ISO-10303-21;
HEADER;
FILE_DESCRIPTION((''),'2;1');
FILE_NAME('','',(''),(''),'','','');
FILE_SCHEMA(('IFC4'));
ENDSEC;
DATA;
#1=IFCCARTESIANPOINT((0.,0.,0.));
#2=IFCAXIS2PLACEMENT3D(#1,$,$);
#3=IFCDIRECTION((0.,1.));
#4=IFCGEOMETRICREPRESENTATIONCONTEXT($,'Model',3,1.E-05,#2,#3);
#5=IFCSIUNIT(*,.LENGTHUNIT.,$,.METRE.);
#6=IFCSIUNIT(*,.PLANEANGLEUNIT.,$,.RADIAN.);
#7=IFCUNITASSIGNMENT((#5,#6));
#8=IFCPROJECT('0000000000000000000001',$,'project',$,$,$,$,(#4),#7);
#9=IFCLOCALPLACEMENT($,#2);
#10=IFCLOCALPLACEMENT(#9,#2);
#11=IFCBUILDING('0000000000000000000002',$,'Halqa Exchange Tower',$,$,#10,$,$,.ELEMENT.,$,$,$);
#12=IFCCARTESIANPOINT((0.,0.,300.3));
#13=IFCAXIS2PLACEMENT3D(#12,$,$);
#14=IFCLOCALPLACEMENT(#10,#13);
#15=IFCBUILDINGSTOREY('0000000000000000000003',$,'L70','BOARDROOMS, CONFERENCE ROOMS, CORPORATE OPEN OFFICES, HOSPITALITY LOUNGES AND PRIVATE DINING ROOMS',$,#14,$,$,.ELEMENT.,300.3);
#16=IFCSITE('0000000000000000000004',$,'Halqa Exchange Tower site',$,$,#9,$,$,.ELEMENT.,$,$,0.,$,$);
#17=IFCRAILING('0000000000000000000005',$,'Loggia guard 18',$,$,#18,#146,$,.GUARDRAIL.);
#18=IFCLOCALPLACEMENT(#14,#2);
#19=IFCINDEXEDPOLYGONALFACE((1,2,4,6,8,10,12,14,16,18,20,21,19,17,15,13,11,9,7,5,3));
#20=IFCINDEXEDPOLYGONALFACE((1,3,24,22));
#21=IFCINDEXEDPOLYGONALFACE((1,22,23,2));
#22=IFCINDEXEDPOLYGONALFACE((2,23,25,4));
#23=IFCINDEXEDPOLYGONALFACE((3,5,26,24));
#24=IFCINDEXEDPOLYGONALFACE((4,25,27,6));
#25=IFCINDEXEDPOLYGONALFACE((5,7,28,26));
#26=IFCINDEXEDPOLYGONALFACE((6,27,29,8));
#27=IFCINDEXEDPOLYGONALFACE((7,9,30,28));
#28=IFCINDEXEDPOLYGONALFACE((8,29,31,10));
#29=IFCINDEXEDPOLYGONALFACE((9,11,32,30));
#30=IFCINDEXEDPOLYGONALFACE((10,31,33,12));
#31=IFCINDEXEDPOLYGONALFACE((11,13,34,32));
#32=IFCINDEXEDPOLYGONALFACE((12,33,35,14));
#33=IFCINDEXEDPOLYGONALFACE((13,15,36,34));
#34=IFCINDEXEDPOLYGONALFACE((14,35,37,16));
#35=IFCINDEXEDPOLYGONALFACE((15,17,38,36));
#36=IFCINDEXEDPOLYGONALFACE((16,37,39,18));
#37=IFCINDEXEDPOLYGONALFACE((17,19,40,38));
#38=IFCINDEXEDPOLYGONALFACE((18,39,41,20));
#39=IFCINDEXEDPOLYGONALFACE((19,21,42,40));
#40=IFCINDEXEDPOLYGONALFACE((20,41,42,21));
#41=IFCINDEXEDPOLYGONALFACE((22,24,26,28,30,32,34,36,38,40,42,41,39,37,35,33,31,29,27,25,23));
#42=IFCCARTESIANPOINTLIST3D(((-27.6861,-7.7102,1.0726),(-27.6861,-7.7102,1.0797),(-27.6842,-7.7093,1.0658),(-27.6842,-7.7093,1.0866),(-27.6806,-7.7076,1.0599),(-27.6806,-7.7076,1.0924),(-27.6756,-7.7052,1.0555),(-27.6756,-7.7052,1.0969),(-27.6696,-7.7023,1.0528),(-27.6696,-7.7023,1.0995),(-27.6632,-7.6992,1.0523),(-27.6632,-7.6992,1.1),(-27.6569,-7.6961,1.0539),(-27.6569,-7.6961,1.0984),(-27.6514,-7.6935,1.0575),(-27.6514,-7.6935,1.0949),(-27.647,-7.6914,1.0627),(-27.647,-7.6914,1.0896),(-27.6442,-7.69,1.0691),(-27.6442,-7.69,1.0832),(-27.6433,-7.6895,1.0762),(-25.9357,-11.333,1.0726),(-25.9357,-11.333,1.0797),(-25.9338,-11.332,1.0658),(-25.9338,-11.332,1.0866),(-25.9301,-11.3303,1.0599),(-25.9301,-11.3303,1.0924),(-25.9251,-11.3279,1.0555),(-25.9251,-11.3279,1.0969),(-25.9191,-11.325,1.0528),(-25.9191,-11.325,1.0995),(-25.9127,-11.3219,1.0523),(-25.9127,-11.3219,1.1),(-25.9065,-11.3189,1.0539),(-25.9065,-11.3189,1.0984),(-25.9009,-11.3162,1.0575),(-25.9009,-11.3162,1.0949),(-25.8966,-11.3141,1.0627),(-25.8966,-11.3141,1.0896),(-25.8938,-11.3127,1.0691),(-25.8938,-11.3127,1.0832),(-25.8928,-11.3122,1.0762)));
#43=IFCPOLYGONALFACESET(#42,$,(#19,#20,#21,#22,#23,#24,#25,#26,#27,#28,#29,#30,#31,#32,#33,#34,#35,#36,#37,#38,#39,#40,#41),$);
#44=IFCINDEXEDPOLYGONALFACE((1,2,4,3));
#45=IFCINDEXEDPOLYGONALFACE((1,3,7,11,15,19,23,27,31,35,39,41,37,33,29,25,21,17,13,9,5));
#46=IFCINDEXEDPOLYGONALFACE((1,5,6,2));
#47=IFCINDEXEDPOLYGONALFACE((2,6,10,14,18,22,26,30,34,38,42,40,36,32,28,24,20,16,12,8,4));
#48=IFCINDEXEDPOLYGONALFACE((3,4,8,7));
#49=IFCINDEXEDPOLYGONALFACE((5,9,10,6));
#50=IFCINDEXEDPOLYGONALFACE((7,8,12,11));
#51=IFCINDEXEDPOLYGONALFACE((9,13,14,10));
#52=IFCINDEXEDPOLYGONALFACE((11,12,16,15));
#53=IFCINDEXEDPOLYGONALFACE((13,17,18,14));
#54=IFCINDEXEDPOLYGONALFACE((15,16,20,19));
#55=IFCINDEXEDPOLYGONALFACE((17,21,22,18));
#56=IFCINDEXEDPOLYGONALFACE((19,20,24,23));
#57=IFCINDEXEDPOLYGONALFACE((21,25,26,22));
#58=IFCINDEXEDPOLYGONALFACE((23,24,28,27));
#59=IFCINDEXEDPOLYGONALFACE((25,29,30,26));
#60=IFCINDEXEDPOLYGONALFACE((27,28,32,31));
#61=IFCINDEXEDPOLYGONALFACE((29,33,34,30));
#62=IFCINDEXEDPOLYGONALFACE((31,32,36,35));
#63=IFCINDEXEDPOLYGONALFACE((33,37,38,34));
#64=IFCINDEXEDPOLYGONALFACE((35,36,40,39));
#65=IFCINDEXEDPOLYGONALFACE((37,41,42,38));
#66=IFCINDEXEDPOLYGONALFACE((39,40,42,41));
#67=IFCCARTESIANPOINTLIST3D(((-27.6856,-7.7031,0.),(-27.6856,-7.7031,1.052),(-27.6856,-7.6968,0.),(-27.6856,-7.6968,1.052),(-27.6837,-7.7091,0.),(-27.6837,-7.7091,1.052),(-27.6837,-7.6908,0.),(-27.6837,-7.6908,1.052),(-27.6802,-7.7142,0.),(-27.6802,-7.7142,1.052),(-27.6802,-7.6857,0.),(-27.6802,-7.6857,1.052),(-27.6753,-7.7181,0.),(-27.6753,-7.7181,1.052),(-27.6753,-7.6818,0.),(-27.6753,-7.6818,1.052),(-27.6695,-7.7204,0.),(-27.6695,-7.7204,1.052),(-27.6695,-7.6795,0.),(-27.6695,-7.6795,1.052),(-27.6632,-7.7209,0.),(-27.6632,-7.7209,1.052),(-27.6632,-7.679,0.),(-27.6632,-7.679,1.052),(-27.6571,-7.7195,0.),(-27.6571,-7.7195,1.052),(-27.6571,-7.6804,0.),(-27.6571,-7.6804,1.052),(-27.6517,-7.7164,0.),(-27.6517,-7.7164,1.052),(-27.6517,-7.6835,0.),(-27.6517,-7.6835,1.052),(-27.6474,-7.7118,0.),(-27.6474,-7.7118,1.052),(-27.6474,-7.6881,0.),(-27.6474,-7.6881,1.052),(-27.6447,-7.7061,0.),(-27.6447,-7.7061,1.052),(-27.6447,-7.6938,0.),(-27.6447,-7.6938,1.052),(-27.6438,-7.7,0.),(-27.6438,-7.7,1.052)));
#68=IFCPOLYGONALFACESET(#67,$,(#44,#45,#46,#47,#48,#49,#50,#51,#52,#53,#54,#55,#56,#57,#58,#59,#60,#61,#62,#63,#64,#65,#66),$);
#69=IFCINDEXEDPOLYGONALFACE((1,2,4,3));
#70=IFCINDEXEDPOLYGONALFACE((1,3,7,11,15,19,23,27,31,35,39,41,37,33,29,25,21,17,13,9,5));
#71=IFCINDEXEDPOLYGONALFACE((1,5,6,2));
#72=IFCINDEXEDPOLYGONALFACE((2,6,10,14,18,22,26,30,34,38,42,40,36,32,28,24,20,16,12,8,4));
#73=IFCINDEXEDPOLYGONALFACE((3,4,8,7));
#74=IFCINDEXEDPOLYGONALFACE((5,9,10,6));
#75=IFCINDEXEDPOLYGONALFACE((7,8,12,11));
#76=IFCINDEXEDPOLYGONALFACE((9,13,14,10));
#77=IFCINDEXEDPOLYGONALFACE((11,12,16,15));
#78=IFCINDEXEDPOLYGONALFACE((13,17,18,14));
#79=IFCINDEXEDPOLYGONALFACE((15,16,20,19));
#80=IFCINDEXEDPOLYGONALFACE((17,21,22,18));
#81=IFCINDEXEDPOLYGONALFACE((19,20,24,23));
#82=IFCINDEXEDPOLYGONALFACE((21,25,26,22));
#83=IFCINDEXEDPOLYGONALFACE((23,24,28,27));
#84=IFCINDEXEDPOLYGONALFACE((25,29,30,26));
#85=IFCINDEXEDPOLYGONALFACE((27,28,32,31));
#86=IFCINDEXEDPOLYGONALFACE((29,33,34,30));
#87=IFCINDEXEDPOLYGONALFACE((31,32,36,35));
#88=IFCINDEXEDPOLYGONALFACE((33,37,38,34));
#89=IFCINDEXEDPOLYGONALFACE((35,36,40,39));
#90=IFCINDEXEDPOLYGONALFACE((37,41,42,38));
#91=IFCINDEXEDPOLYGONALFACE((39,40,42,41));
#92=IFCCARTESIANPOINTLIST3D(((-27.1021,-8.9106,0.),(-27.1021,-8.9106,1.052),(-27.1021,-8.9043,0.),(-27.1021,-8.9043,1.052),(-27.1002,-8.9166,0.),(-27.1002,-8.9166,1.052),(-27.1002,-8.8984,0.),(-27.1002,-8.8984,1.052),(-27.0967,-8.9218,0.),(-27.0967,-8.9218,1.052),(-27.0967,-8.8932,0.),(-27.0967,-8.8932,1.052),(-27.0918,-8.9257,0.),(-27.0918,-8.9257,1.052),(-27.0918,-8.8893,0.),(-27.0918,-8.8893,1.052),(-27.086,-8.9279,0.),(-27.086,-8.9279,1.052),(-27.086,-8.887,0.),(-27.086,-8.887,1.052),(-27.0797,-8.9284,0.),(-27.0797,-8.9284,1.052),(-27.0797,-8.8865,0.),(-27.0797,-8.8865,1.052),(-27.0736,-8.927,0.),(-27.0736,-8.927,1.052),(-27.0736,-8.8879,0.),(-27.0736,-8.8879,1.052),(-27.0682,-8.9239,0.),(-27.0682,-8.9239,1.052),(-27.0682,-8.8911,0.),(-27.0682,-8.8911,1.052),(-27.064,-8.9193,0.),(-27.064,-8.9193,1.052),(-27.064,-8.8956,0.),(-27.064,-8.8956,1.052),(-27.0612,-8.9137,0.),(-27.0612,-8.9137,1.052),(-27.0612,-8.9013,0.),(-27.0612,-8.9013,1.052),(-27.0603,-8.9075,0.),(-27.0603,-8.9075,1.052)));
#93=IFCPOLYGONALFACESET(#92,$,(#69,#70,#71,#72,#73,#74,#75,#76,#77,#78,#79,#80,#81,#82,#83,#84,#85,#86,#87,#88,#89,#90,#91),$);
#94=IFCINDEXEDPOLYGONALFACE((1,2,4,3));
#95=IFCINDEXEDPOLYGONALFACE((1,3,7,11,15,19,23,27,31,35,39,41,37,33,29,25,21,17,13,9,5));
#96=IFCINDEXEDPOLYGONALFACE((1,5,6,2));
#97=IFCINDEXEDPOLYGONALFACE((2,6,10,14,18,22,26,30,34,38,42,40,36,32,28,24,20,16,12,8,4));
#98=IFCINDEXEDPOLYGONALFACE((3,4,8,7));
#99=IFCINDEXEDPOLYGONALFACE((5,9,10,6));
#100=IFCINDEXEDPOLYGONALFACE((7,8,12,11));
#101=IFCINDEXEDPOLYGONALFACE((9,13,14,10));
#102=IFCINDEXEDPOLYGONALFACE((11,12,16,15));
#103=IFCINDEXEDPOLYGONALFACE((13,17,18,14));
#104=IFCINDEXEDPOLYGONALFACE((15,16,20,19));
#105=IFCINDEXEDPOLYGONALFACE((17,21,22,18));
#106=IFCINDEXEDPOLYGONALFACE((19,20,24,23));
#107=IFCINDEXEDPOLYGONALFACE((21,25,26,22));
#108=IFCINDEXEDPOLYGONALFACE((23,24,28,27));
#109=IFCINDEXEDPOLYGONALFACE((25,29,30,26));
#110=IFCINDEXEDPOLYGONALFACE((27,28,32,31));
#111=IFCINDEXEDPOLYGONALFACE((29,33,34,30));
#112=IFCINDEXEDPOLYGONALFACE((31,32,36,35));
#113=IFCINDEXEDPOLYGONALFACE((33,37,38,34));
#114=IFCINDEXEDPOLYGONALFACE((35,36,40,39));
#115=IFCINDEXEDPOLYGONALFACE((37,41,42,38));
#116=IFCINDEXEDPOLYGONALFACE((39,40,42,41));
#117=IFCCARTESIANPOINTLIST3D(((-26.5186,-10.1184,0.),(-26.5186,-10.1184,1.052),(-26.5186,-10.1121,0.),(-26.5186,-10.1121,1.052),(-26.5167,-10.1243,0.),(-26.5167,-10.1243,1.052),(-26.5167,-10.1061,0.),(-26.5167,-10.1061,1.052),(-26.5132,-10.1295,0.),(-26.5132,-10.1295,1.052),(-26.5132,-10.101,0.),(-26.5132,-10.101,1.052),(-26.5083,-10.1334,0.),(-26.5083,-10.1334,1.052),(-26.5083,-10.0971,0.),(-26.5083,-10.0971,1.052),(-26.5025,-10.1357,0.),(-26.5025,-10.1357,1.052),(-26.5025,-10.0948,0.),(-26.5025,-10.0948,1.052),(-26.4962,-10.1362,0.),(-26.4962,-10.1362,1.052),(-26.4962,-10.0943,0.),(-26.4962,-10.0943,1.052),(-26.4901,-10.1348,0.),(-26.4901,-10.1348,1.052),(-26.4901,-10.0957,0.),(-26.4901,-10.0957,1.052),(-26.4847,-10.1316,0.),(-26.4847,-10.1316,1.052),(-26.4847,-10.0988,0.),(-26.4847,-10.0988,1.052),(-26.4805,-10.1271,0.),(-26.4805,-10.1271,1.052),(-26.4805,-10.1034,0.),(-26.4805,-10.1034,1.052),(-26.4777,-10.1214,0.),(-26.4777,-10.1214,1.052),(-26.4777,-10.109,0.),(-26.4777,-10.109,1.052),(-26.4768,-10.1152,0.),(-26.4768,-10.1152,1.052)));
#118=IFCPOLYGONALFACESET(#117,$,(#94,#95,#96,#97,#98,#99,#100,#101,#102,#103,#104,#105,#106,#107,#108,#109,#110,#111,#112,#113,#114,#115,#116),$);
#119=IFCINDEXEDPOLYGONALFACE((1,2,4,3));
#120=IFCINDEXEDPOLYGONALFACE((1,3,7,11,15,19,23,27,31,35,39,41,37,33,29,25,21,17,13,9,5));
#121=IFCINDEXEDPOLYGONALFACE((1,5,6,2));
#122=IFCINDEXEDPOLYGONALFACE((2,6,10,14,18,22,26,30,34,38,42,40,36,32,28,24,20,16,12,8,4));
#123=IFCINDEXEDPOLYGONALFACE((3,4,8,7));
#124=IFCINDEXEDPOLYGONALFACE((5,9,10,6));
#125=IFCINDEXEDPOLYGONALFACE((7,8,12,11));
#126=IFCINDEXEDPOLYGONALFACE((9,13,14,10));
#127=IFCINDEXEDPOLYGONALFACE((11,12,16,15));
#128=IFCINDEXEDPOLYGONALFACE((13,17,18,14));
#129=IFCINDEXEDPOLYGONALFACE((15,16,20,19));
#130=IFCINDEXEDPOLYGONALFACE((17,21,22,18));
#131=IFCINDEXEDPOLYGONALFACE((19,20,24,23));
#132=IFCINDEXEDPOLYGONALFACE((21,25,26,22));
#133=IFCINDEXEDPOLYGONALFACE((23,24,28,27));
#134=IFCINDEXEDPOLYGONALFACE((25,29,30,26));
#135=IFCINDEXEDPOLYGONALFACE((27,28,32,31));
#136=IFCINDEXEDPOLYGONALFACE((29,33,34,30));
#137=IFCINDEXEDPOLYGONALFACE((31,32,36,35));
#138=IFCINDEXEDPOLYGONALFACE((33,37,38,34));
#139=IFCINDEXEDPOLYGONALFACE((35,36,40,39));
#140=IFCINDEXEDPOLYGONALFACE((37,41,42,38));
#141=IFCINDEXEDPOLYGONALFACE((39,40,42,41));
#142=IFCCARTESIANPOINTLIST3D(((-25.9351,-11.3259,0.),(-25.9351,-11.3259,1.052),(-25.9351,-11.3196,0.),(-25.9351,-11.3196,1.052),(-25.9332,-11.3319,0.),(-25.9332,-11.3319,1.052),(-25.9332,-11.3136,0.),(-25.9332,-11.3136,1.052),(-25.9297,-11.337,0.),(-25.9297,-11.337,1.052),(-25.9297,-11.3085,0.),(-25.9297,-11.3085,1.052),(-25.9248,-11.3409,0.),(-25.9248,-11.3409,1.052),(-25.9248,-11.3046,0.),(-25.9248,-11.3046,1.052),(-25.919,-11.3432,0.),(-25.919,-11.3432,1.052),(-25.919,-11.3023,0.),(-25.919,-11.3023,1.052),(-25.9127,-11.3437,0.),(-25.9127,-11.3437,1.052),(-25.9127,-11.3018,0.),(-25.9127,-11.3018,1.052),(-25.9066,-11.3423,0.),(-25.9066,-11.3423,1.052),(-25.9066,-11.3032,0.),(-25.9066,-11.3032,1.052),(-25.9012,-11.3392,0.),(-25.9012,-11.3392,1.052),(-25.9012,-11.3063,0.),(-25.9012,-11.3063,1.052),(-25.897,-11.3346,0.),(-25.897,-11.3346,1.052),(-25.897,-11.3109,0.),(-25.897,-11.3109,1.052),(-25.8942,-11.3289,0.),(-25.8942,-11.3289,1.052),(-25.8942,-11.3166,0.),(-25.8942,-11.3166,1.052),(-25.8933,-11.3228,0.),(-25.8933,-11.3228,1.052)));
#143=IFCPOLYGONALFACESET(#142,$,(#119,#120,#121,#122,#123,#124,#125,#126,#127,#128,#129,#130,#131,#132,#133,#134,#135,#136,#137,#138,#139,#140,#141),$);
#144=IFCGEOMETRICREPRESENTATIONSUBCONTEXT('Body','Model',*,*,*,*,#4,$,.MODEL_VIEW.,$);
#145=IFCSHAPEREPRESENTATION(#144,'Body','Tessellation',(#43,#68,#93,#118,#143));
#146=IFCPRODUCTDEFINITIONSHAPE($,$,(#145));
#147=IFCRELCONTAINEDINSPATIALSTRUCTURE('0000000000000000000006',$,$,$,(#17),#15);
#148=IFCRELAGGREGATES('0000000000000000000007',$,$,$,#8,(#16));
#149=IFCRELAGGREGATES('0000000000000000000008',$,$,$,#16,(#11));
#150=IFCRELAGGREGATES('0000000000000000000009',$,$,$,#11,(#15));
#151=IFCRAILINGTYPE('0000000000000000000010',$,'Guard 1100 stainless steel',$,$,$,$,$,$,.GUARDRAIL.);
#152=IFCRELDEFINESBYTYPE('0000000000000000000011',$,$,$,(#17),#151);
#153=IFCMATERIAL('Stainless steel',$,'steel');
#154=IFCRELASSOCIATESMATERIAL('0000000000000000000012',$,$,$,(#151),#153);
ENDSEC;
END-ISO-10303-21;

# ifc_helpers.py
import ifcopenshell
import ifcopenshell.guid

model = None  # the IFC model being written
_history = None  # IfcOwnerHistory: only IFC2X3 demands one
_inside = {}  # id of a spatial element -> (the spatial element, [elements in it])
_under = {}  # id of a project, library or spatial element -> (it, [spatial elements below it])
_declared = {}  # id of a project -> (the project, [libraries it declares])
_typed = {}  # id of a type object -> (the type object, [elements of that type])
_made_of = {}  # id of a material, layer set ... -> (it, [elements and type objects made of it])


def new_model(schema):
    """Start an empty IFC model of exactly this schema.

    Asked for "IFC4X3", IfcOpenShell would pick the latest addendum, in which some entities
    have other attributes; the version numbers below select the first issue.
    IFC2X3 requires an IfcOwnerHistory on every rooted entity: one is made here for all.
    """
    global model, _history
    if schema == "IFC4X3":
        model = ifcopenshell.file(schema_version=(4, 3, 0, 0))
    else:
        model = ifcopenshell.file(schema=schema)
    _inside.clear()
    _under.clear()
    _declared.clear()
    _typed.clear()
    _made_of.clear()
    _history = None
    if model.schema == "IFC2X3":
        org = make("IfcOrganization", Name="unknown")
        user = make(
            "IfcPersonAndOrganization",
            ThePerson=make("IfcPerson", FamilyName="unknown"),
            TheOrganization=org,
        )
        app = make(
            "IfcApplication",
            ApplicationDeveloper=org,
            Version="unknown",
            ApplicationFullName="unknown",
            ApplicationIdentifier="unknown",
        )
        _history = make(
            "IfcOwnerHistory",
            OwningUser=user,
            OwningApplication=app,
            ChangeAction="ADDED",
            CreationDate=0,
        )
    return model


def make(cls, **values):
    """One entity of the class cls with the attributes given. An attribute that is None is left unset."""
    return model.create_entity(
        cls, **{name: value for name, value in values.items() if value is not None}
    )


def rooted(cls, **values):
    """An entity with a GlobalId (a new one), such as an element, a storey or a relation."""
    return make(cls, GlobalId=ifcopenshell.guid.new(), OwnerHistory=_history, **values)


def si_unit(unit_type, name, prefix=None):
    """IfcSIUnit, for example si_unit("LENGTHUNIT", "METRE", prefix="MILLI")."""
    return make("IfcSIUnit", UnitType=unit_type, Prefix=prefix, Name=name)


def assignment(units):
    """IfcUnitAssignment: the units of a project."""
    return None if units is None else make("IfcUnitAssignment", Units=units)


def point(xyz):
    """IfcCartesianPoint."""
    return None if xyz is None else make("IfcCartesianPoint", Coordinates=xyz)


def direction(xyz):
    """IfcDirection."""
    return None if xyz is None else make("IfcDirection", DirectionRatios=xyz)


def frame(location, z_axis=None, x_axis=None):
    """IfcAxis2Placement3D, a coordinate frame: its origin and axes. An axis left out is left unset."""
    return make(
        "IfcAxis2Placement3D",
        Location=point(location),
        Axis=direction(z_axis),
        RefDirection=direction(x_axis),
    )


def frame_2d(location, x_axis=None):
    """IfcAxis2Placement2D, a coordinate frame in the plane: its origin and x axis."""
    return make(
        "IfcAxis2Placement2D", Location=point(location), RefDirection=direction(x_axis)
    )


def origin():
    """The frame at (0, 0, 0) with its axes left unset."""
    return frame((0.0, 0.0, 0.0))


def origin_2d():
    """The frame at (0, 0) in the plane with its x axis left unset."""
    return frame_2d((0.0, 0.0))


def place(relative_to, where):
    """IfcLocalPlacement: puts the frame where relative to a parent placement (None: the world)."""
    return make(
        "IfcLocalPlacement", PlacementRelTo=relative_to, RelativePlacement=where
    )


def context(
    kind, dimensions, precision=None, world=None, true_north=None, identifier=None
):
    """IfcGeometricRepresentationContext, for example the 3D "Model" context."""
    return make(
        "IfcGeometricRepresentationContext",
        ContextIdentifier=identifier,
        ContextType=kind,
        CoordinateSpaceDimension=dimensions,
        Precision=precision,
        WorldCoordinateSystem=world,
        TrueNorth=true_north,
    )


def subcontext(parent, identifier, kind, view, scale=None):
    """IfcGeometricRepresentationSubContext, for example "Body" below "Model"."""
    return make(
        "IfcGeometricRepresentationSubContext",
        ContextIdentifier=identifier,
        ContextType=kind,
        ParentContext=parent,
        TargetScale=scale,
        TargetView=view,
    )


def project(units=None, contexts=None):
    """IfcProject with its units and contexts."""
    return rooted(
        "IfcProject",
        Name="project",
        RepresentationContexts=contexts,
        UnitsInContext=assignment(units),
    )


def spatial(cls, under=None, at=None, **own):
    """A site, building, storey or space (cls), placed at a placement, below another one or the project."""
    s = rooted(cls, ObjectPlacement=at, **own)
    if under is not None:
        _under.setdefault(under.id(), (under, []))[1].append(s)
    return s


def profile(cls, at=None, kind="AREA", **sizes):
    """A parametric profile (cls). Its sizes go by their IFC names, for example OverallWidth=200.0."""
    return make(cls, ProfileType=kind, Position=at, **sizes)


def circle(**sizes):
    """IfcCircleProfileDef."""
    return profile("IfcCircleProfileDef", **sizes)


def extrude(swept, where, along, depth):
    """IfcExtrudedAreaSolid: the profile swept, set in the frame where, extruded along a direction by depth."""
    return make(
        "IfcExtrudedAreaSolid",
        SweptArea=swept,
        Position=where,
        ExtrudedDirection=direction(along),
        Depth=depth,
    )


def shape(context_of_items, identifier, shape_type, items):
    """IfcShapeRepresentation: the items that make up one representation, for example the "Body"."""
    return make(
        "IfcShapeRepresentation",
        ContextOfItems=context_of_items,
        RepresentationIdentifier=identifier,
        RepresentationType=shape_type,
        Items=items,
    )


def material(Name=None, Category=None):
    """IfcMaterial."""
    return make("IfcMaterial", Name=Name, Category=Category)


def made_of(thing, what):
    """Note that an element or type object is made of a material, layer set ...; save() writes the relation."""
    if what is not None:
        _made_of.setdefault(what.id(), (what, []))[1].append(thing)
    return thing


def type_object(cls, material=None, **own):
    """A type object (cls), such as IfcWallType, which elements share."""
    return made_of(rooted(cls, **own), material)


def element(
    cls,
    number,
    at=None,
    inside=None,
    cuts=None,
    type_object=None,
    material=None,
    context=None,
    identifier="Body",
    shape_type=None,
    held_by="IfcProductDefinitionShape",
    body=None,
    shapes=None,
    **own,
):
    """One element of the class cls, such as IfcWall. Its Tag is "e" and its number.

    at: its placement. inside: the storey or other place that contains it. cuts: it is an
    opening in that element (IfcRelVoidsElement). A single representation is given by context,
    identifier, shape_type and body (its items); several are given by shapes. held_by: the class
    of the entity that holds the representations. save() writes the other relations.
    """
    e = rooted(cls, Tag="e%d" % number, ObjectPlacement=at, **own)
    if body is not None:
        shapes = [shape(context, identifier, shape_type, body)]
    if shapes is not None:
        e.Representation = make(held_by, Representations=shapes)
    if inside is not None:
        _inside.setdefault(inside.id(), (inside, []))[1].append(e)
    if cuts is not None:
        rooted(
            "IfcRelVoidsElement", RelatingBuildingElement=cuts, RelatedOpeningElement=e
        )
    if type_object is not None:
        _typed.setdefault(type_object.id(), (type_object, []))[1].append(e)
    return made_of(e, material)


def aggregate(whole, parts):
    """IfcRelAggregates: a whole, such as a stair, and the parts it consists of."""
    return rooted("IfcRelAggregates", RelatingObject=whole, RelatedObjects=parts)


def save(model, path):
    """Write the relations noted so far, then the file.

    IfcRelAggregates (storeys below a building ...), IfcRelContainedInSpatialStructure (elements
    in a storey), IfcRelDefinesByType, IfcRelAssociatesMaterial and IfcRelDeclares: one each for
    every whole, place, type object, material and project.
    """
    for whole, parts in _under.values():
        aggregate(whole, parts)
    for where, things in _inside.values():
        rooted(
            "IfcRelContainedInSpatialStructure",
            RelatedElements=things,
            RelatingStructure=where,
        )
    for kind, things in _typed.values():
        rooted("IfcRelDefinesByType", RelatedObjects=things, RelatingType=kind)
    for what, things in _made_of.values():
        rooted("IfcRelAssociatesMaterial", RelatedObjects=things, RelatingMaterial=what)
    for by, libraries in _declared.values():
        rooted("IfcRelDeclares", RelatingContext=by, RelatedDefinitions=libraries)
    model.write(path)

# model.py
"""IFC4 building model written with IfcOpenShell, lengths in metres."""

from ifc_helpers import new_model, si_unit, direction, frame, origin, origin_2d, place, context, subcontext, project, spatial, circle, extrude, material, type_object, element, save


model = new_model("IFC4")

# Units and contexts
model_context = context("Model", 3, precision=1e-05, world=origin(), true_north=direction((0.0, 1.0)))
body_context = subcontext(model_context, "Body", "Model", "MODEL_VIEW")
ifc_project = project(units=[si_unit("LENGTHUNIT", "METRE"), si_unit("PLANEANGLEUNIT", "RADIAN")], contexts=[model_context])

# Site, building, storey
site_placement = place(None, origin())
site = spatial("IfcSite", under=ifc_project, at=site_placement, Name="Halqa Exchange Tower site", CompositionType="ELEMENT", RefElevation=0.0)
building_placement = place(site_placement, origin())
building = spatial("IfcBuilding", under=site, at=building_placement, Name="Halqa Exchange Tower", CompositionType="ELEMENT")
storey_placement = place(building_placement, frame((0.0, 0.0, 300.3)))
storey = spatial("IfcBuildingStorey", under=building, at=storey_placement, Name="L70", Description="BOARDROOMS, CONFERENCE ROOMS, CORPORATE OPEN OFFICES, HOSPITALITY LOUNGES AND PRIVATE DINING ROOMS", CompositionType="ELEMENT", Elevation=300.3)

# Railing
ifc_material_1 = material(Name="Stainless steel", Category="steel")
railing_type = type_object("IfcRailingType", Name="Guard 1100 stainless steel", PredefinedType="GUARDRAIL", material=ifc_material_1)
railing_1_placement = place(storey_placement, frame((-27.6648, -7.7, 0.0)))
element("IfcRailing", 1, at=railing_1_placement, inside=storey, type_object=railing_type, Name="Loggia guard 18", PredefinedType="GUARDRAIL", context=body_context, shape_type="SweptSolid", body=[
    extrude(circle(Radius=0.0239, at=origin_2d()), frame((0.0, 0.0, 1.0762), z_axis=(0.435061, -0.900401, 0.0), x_axis=(0.900401, 0.435061, 0.0)), (0.0, 0.0, 1.0), 4.0234),
    extrude(circle(Radius=0.021, at=origin_2d()), origin(), (0.0, 0.0, 1.0), 1.052),
    extrude(circle(Radius=0.021, at=origin_2d()), frame((0.5835, -1.2075, 0.0)), (0.0, 0.0, 1.0), 1.052),
    extrude(circle(Radius=0.021, at=origin_2d()), frame((1.167, -2.4153, 0.0)), (0.0, 0.0, 1.0), 1.052),
    extrude(circle(Radius=0.021, at=origin_2d()), frame((1.7505, -3.6228, 0.0)), (0.0, 0.0, 1.0), 1.052),
])

save(model, "model.ifc")
